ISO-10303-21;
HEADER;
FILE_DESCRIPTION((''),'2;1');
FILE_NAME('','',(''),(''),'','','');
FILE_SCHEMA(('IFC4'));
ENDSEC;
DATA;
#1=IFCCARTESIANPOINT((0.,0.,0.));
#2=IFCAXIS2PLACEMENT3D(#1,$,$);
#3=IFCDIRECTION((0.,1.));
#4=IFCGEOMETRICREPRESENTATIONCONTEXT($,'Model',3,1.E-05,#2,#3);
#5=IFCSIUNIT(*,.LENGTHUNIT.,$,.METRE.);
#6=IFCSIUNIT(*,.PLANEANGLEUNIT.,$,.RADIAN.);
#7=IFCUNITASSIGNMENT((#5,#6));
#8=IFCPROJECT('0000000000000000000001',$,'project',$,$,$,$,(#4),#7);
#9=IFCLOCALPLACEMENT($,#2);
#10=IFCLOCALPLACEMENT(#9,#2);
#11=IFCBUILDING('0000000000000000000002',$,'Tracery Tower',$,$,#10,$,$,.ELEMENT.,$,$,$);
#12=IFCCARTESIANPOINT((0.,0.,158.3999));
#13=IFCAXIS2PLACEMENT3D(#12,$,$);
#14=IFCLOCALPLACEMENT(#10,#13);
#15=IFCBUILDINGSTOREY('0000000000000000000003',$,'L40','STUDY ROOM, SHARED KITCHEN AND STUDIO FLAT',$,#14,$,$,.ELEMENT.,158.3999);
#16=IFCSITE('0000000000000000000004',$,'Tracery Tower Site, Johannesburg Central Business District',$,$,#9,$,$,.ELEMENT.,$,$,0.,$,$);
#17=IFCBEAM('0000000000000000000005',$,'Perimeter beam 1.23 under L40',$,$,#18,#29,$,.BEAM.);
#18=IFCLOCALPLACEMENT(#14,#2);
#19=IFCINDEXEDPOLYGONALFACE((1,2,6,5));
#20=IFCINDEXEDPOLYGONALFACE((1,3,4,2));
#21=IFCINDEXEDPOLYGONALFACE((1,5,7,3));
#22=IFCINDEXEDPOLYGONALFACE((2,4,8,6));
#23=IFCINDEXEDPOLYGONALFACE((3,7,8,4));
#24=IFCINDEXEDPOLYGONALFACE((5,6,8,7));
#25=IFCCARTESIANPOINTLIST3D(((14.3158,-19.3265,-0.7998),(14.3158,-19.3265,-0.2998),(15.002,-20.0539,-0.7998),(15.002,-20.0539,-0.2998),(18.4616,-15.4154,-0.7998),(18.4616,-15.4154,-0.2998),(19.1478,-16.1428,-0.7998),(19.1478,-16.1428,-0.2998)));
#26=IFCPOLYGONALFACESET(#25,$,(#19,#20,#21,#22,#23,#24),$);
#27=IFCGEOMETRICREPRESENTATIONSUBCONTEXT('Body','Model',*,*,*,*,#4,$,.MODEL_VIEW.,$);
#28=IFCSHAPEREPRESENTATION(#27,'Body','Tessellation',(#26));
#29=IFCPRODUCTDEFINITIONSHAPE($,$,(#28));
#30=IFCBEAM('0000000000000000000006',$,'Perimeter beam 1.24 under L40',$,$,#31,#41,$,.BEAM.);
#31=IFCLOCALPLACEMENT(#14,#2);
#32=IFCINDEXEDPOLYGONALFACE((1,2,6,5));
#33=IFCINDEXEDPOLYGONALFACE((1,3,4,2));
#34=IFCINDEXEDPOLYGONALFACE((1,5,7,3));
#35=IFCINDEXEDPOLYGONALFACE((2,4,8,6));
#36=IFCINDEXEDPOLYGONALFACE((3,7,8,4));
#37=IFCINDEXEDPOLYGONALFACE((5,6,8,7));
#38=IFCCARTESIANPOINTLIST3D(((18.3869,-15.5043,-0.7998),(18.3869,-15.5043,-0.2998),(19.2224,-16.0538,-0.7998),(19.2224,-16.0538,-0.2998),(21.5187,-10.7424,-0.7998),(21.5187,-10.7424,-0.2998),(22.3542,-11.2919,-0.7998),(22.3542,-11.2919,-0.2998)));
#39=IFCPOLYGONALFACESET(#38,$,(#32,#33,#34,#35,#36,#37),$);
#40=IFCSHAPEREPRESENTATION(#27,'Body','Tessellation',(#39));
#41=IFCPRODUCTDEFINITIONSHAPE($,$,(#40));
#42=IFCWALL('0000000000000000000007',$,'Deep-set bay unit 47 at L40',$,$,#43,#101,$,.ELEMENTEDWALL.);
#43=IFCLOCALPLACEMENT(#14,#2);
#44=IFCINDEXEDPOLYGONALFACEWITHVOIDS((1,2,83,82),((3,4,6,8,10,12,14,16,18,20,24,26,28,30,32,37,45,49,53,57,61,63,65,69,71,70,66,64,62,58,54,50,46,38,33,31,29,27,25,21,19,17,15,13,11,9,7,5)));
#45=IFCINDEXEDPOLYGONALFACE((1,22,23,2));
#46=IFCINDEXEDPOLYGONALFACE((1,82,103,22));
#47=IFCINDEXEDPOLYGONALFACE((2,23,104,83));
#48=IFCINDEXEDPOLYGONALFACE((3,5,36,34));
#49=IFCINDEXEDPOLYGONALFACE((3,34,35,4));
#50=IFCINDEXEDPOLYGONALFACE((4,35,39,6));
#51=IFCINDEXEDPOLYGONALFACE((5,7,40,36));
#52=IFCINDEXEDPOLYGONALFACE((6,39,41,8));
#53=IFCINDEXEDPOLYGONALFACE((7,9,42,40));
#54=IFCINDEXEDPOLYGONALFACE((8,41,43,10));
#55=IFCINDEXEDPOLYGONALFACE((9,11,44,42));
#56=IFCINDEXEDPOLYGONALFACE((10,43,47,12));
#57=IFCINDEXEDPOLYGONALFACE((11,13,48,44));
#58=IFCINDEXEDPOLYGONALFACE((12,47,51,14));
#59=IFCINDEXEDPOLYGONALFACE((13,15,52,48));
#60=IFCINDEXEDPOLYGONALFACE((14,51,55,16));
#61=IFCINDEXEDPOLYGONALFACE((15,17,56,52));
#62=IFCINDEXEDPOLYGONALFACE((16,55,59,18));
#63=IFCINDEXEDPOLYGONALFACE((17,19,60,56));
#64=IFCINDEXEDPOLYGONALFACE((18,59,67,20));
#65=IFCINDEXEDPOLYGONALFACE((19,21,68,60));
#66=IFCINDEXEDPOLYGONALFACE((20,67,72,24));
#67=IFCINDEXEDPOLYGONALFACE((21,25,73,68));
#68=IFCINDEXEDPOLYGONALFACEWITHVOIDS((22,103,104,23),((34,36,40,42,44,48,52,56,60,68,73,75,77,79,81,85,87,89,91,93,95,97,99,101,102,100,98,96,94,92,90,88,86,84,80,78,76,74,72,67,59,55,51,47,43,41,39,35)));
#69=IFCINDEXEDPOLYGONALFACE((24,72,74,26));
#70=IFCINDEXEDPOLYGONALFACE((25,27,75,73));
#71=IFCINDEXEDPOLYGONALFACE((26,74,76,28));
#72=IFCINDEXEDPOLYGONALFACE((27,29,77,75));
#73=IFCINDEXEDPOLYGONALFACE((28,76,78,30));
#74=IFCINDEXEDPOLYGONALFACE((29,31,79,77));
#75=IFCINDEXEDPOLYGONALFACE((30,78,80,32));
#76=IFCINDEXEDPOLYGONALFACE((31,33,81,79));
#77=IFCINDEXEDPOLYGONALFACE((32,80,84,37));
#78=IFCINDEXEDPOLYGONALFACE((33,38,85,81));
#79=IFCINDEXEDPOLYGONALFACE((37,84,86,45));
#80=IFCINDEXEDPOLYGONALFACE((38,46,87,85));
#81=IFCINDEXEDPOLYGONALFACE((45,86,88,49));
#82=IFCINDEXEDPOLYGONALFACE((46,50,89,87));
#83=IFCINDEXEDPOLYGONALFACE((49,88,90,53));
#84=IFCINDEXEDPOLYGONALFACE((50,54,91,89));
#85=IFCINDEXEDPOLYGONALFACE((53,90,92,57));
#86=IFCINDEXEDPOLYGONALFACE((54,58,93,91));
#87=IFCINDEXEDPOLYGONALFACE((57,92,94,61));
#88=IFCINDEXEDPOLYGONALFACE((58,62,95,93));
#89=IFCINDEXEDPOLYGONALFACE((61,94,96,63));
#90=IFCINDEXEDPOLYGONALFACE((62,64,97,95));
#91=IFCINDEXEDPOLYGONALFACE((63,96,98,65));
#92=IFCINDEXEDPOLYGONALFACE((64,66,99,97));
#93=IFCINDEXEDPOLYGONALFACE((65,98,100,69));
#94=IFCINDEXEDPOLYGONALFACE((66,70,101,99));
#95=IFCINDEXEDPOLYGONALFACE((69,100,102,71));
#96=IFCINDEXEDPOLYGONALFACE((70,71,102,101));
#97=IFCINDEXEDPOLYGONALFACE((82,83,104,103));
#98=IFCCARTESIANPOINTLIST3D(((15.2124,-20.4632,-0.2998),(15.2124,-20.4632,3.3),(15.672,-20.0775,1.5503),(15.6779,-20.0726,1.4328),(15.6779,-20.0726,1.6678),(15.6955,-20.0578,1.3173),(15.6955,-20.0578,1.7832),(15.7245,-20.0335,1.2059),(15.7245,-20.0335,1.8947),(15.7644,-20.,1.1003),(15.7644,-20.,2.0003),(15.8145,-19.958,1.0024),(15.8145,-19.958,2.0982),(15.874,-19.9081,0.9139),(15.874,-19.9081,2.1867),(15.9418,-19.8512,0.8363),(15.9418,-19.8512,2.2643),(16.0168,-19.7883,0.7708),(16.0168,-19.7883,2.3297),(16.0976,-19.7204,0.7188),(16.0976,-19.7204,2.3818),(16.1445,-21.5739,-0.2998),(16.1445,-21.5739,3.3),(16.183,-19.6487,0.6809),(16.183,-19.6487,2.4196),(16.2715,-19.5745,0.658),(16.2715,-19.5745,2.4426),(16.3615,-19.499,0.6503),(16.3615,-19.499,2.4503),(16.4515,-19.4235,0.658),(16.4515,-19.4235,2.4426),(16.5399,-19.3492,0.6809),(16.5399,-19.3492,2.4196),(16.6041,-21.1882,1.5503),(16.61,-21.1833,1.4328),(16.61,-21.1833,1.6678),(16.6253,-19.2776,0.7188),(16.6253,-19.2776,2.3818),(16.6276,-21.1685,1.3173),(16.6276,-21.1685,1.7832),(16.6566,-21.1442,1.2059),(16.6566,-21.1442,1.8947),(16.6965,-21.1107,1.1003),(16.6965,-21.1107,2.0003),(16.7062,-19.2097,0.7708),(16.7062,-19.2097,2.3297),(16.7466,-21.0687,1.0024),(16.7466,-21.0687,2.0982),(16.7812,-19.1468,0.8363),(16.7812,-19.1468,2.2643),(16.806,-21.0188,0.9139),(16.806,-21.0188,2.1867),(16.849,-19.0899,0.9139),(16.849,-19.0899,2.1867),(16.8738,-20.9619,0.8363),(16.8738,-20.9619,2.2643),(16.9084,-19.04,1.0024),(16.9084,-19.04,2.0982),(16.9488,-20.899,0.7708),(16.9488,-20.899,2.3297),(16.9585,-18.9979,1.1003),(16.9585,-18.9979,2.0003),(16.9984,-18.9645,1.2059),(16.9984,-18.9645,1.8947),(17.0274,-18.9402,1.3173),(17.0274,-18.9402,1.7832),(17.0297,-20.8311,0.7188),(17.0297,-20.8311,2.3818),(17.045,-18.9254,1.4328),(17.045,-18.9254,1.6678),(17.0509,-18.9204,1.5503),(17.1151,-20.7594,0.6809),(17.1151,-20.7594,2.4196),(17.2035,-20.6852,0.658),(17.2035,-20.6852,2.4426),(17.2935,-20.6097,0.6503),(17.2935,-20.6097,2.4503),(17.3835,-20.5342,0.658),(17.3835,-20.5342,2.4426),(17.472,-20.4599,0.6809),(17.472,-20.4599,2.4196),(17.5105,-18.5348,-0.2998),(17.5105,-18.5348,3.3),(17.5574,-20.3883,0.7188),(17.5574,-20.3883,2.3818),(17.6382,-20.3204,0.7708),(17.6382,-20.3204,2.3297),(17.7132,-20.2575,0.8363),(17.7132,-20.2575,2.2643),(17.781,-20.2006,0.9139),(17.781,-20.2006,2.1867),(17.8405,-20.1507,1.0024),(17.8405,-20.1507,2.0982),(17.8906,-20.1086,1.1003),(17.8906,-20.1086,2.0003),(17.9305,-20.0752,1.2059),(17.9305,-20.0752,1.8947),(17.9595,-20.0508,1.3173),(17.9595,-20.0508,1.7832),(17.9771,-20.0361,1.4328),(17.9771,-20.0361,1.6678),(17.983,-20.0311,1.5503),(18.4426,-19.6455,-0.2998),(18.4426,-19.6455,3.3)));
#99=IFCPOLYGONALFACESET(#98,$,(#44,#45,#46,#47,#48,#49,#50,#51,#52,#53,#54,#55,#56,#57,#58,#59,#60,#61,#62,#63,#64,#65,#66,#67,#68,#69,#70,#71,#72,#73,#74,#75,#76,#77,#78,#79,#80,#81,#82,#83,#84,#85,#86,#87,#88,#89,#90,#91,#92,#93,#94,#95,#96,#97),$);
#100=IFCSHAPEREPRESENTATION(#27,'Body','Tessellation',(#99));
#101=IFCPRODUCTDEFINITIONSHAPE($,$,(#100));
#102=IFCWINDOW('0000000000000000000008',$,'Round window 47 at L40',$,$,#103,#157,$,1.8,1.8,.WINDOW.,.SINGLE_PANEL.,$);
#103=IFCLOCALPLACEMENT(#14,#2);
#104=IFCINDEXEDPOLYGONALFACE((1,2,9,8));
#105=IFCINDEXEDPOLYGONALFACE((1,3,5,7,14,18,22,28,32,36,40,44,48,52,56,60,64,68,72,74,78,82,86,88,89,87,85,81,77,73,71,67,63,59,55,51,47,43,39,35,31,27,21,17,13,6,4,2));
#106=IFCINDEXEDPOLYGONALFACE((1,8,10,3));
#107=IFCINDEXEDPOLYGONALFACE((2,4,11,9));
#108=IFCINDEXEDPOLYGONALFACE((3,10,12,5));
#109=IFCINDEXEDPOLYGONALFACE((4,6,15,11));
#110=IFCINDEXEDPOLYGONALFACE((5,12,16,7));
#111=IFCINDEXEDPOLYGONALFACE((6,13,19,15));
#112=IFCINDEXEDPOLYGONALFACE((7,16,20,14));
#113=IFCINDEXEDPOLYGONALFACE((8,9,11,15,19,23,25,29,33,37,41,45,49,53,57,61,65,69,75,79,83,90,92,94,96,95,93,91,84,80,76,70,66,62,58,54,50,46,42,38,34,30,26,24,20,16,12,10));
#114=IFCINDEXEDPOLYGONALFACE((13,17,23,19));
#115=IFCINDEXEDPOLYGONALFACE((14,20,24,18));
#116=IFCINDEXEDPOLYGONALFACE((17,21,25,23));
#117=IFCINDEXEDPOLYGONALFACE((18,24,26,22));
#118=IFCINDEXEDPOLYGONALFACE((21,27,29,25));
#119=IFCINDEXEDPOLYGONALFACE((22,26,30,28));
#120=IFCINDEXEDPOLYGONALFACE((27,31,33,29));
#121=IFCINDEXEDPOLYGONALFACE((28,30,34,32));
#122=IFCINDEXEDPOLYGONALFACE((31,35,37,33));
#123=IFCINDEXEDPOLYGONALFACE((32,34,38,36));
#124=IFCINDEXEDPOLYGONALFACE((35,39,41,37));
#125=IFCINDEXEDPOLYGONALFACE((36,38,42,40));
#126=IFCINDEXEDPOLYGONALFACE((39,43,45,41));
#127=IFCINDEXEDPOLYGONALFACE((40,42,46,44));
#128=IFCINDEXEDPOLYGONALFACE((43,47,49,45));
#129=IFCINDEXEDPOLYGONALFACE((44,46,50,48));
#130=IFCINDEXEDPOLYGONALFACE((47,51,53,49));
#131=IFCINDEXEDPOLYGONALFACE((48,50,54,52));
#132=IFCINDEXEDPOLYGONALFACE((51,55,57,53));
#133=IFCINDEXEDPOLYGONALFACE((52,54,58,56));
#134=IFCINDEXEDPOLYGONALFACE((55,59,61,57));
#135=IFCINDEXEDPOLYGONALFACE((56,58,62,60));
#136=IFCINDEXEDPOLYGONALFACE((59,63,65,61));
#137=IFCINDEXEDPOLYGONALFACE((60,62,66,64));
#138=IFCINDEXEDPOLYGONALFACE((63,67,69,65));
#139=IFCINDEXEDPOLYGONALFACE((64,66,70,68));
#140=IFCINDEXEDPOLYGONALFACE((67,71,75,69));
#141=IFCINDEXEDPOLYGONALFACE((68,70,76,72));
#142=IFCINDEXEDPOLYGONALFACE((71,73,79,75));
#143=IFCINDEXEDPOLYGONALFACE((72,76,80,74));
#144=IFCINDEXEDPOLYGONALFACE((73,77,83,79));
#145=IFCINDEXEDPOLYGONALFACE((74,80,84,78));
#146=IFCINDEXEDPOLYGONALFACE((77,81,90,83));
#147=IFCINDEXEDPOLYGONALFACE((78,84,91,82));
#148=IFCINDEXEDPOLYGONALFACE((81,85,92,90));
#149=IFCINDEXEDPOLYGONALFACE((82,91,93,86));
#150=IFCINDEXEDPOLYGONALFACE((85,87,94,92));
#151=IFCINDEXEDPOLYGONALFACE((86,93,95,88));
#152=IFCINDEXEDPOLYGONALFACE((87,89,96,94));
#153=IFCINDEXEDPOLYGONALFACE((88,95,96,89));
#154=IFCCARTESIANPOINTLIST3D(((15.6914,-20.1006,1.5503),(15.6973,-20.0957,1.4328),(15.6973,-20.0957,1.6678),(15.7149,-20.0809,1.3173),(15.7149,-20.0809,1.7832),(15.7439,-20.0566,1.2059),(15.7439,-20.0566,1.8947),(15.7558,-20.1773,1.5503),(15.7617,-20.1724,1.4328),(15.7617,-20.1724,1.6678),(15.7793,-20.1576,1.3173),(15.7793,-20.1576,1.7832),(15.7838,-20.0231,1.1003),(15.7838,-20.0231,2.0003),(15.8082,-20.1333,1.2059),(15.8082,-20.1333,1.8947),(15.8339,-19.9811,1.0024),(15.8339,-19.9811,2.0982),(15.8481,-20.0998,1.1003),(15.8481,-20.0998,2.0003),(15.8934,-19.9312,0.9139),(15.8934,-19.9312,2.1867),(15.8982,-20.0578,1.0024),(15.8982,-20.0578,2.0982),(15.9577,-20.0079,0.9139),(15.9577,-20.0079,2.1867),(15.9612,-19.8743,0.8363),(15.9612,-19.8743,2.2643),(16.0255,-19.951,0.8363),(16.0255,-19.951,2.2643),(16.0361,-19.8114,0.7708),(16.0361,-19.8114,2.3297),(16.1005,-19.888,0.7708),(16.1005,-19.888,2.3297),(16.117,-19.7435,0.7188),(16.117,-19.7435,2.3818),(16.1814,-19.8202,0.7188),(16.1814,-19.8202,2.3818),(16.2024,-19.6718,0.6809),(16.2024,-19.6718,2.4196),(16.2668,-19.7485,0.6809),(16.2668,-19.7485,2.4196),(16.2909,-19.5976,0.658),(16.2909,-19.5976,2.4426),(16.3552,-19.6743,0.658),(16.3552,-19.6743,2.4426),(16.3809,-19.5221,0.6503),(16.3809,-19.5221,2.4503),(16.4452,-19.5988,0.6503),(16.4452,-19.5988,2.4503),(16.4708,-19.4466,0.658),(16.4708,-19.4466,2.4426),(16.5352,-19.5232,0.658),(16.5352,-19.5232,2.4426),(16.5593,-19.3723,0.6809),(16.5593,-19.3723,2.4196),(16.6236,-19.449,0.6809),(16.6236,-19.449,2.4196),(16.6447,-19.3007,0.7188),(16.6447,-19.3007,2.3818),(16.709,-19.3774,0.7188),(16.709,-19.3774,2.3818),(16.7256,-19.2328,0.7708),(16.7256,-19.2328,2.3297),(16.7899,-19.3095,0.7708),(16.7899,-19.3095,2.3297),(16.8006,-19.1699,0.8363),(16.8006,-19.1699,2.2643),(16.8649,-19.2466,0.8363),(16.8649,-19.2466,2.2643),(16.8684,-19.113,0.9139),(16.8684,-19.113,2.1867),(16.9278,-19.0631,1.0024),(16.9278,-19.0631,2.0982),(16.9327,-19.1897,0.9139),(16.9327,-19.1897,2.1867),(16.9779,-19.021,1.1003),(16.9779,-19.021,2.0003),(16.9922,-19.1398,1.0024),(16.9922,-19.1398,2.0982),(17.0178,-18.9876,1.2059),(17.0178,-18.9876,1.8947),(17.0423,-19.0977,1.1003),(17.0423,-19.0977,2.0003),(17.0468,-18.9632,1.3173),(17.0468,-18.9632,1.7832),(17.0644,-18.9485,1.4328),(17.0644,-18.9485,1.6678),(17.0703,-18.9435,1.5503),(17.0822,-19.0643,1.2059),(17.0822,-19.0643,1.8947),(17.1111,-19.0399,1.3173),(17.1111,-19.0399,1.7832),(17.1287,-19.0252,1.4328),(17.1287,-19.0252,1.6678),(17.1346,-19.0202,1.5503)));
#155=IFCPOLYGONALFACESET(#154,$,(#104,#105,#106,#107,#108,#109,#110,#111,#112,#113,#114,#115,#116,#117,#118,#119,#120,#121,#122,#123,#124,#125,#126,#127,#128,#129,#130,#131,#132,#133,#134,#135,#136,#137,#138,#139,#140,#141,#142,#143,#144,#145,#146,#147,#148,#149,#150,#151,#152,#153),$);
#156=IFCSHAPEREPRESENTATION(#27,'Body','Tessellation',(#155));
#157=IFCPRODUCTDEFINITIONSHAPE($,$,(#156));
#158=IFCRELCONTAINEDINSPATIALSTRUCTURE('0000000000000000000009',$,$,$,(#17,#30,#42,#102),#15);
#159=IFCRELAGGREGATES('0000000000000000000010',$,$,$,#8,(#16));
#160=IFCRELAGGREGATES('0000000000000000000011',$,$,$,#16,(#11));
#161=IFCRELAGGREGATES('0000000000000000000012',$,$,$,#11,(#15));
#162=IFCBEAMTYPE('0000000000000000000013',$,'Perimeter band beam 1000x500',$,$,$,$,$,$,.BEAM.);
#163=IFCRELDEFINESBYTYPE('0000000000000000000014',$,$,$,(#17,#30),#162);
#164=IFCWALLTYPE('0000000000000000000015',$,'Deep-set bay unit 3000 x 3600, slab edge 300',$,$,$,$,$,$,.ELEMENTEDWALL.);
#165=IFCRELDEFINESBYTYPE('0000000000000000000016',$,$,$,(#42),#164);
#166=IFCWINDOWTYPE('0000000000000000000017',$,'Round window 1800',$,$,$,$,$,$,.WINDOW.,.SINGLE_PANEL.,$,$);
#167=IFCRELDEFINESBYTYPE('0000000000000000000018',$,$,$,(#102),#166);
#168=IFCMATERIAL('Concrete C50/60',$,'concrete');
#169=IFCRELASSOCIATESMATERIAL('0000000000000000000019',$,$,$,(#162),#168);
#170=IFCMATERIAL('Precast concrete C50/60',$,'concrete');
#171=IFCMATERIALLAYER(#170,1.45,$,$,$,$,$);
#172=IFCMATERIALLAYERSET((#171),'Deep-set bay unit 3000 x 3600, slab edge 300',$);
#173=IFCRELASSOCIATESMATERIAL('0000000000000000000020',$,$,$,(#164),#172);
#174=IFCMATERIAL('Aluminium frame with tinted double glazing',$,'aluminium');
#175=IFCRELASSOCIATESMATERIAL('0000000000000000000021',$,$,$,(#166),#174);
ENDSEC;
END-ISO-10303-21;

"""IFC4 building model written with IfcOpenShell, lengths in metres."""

from ifc_helpers import new_model, si_unit, direction, frame, frame_2d, origin, origin_2d, place, context, subcontext, project, spatial, rectangle, circle, extrude, material, layer, layer_set, material_profile, profile_set, type_object, element, fill, save


model = new_model("IFC4")

# Units and contexts
model_context = context("Model", 3, precision=1e-05, world=origin(), true_north=direction((0.0, 1.0)))
body_context = subcontext(model_context, "Body", "Model", "MODEL_VIEW")
ifc_project = project(units=[si_unit("LENGTHUNIT", "METRE"), si_unit("PLANEANGLEUNIT", "RADIAN")], contexts=[model_context])

# Site, building, storey
site_placement = place(None, origin())
site = spatial("IfcSite", under=ifc_project, at=site_placement, Name="Tracery Tower Site, Johannesburg Central Business District", CompositionType="ELEMENT", RefElevation=0.0)
building_placement = place(site_placement, origin())
building = spatial("IfcBuilding", under=site, at=building_placement, Name="Tracery Tower", CompositionType="ELEMENT")
storey_placement = place(building_placement, frame((0.0, 0.0, 158.3999)))
storey = spatial("IfcBuildingStorey", under=building, at=storey_placement, Name="L40", Description="STUDY ROOM, SHARED KITCHEN AND STUDIO FLAT", CompositionType="ELEMENT", Elevation=158.3999)

# Beams
ifc_material_1 = material(Name="Concrete C50/60", Category="concrete")
ifc_material_profile_1 = material_profile(ifc_material_1, rectangle(XDim=1.0, YDim=0.5, at=origin_2d()), Name="RC 1000x500")
ifc_profile_set_1 = profile_set([ifc_material_profile_1], Name="Concrete C50/60")
beam_type_1 = type_object("IfcBeamType", Name="Perimeter band beam 1000x500", PredefinedType="BEAM", material=ifc_profile_set_1)
for number, where, z_axis, x_axis, name in (
    (1, (14.6589, -19.6902, -0.5498), (0.72739, 0.686225, 0.0), (-0.686225, 0.72739, 0.0), "Perimeter beam 1.23 under L40"),
    (2, (18.8047, -15.7791, -0.5498), (0.54949, 0.8355, 0.0), (-0.8355, 0.54949, 0.0), "Perimeter beam 1.24 under L40"),
):
    element("IfcBeam", number, at=place(storey_placement, frame(where, z_axis=z_axis, x_axis=x_axis)), inside=storey, type_object=beam_type_1, Name=name, PredefinedType="BEAM", context=body_context, shape_type="SweptSolid", body=[
        extrude(rectangle(XDim=1.0, YDim=0.5, at=origin_2d()), origin(), (0.0, 0.0, 1.0), 5.6995),
    ])

# Wall, opening, window
ifc_material_2 = material(Name="Precast concrete C50/60", Category="concrete")
ifc_layer_1 = layer(ifc_material_2, 1.45)
ifc_layer_set_1 = layer_set([ifc_layer_1], Name="Deep-set bay unit 3000 x 3600, slab edge 300")
wall_type_1 = type_object("IfcWallType", Name="Deep-set bay unit 3000 x 3600, slab edge 300", PredefinedType="ELEMENTEDWALL", material=ifc_layer_set_1)
wall_1_placement = place(storey_placement, frame((15.6785, -21.0186, -0.2998), z_axis=(0.0, 0.0, 1.0), x_axis=(0.766022, 0.642814, 0.0)))
wall_1 = element("IfcWall", 3, at=wall_1_placement, inside=storey, type_object=wall_type_1, Name="Deep-set bay unit 47 at L40", PredefinedType="ELEMENTEDWALL", context=body_context, shape_type="SweptSolid", body=[
    extrude(rectangle(XDim=3.0, YDim=1.45, at=frame_2d((1.5, 0.0))), origin(), (0.0, 0.0, 1.0), 3.5999),
])
opening_1_placement = place(wall_1_placement, frame((1.5, 0.0, 1.8501)))
opening_1 = element("IfcOpeningElement", 4, at=opening_1_placement, cuts=wall_1, PredefinedType="OPENING", context=body_context, shape_type="SweptSolid", body=[
    extrude(circle(Radius=0.9, at=origin_2d()), frame((0.0, 0.7349, 0.0), z_axis=(0.0, -1.0, 0.0), x_axis=(1.0, 0.0, 0.0)), (0.0, 0.0, 1.0), 1.47),
])
ifc_material_3 = material(Name="Aluminium frame with tinted double glazing", Category="aluminium")
window_type = type_object("IfcWindowType", Name="Round window 1800", PartitioningType="SINGLE_PANEL", PredefinedType="WINDOW", material=ifc_material_3)
window_1_placement = place(opening_1_placement, origin())
window_1 = element("IfcWindow", 5, at=window_1_placement, inside=storey, type_object=window_type, Name="Round window 47 at L40", OverallHeight=1.8, OverallWidth=1.8, PartitioningType="SINGLE_PANEL", PredefinedType="WINDOW", context=body_context, shape_type="SweptSolid", body=[
    extrude(circle(Radius=0.9, at=origin_2d()), frame((0.0, 0.6948, 0.0), z_axis=(0.0, -1.0, 0.0), x_axis=(1.0, 0.0, 0.0)), (0.0, 0.0, 1.0), 0.1001),
])
fill(opening_1, window_1)

save(model, "model.ifc")
